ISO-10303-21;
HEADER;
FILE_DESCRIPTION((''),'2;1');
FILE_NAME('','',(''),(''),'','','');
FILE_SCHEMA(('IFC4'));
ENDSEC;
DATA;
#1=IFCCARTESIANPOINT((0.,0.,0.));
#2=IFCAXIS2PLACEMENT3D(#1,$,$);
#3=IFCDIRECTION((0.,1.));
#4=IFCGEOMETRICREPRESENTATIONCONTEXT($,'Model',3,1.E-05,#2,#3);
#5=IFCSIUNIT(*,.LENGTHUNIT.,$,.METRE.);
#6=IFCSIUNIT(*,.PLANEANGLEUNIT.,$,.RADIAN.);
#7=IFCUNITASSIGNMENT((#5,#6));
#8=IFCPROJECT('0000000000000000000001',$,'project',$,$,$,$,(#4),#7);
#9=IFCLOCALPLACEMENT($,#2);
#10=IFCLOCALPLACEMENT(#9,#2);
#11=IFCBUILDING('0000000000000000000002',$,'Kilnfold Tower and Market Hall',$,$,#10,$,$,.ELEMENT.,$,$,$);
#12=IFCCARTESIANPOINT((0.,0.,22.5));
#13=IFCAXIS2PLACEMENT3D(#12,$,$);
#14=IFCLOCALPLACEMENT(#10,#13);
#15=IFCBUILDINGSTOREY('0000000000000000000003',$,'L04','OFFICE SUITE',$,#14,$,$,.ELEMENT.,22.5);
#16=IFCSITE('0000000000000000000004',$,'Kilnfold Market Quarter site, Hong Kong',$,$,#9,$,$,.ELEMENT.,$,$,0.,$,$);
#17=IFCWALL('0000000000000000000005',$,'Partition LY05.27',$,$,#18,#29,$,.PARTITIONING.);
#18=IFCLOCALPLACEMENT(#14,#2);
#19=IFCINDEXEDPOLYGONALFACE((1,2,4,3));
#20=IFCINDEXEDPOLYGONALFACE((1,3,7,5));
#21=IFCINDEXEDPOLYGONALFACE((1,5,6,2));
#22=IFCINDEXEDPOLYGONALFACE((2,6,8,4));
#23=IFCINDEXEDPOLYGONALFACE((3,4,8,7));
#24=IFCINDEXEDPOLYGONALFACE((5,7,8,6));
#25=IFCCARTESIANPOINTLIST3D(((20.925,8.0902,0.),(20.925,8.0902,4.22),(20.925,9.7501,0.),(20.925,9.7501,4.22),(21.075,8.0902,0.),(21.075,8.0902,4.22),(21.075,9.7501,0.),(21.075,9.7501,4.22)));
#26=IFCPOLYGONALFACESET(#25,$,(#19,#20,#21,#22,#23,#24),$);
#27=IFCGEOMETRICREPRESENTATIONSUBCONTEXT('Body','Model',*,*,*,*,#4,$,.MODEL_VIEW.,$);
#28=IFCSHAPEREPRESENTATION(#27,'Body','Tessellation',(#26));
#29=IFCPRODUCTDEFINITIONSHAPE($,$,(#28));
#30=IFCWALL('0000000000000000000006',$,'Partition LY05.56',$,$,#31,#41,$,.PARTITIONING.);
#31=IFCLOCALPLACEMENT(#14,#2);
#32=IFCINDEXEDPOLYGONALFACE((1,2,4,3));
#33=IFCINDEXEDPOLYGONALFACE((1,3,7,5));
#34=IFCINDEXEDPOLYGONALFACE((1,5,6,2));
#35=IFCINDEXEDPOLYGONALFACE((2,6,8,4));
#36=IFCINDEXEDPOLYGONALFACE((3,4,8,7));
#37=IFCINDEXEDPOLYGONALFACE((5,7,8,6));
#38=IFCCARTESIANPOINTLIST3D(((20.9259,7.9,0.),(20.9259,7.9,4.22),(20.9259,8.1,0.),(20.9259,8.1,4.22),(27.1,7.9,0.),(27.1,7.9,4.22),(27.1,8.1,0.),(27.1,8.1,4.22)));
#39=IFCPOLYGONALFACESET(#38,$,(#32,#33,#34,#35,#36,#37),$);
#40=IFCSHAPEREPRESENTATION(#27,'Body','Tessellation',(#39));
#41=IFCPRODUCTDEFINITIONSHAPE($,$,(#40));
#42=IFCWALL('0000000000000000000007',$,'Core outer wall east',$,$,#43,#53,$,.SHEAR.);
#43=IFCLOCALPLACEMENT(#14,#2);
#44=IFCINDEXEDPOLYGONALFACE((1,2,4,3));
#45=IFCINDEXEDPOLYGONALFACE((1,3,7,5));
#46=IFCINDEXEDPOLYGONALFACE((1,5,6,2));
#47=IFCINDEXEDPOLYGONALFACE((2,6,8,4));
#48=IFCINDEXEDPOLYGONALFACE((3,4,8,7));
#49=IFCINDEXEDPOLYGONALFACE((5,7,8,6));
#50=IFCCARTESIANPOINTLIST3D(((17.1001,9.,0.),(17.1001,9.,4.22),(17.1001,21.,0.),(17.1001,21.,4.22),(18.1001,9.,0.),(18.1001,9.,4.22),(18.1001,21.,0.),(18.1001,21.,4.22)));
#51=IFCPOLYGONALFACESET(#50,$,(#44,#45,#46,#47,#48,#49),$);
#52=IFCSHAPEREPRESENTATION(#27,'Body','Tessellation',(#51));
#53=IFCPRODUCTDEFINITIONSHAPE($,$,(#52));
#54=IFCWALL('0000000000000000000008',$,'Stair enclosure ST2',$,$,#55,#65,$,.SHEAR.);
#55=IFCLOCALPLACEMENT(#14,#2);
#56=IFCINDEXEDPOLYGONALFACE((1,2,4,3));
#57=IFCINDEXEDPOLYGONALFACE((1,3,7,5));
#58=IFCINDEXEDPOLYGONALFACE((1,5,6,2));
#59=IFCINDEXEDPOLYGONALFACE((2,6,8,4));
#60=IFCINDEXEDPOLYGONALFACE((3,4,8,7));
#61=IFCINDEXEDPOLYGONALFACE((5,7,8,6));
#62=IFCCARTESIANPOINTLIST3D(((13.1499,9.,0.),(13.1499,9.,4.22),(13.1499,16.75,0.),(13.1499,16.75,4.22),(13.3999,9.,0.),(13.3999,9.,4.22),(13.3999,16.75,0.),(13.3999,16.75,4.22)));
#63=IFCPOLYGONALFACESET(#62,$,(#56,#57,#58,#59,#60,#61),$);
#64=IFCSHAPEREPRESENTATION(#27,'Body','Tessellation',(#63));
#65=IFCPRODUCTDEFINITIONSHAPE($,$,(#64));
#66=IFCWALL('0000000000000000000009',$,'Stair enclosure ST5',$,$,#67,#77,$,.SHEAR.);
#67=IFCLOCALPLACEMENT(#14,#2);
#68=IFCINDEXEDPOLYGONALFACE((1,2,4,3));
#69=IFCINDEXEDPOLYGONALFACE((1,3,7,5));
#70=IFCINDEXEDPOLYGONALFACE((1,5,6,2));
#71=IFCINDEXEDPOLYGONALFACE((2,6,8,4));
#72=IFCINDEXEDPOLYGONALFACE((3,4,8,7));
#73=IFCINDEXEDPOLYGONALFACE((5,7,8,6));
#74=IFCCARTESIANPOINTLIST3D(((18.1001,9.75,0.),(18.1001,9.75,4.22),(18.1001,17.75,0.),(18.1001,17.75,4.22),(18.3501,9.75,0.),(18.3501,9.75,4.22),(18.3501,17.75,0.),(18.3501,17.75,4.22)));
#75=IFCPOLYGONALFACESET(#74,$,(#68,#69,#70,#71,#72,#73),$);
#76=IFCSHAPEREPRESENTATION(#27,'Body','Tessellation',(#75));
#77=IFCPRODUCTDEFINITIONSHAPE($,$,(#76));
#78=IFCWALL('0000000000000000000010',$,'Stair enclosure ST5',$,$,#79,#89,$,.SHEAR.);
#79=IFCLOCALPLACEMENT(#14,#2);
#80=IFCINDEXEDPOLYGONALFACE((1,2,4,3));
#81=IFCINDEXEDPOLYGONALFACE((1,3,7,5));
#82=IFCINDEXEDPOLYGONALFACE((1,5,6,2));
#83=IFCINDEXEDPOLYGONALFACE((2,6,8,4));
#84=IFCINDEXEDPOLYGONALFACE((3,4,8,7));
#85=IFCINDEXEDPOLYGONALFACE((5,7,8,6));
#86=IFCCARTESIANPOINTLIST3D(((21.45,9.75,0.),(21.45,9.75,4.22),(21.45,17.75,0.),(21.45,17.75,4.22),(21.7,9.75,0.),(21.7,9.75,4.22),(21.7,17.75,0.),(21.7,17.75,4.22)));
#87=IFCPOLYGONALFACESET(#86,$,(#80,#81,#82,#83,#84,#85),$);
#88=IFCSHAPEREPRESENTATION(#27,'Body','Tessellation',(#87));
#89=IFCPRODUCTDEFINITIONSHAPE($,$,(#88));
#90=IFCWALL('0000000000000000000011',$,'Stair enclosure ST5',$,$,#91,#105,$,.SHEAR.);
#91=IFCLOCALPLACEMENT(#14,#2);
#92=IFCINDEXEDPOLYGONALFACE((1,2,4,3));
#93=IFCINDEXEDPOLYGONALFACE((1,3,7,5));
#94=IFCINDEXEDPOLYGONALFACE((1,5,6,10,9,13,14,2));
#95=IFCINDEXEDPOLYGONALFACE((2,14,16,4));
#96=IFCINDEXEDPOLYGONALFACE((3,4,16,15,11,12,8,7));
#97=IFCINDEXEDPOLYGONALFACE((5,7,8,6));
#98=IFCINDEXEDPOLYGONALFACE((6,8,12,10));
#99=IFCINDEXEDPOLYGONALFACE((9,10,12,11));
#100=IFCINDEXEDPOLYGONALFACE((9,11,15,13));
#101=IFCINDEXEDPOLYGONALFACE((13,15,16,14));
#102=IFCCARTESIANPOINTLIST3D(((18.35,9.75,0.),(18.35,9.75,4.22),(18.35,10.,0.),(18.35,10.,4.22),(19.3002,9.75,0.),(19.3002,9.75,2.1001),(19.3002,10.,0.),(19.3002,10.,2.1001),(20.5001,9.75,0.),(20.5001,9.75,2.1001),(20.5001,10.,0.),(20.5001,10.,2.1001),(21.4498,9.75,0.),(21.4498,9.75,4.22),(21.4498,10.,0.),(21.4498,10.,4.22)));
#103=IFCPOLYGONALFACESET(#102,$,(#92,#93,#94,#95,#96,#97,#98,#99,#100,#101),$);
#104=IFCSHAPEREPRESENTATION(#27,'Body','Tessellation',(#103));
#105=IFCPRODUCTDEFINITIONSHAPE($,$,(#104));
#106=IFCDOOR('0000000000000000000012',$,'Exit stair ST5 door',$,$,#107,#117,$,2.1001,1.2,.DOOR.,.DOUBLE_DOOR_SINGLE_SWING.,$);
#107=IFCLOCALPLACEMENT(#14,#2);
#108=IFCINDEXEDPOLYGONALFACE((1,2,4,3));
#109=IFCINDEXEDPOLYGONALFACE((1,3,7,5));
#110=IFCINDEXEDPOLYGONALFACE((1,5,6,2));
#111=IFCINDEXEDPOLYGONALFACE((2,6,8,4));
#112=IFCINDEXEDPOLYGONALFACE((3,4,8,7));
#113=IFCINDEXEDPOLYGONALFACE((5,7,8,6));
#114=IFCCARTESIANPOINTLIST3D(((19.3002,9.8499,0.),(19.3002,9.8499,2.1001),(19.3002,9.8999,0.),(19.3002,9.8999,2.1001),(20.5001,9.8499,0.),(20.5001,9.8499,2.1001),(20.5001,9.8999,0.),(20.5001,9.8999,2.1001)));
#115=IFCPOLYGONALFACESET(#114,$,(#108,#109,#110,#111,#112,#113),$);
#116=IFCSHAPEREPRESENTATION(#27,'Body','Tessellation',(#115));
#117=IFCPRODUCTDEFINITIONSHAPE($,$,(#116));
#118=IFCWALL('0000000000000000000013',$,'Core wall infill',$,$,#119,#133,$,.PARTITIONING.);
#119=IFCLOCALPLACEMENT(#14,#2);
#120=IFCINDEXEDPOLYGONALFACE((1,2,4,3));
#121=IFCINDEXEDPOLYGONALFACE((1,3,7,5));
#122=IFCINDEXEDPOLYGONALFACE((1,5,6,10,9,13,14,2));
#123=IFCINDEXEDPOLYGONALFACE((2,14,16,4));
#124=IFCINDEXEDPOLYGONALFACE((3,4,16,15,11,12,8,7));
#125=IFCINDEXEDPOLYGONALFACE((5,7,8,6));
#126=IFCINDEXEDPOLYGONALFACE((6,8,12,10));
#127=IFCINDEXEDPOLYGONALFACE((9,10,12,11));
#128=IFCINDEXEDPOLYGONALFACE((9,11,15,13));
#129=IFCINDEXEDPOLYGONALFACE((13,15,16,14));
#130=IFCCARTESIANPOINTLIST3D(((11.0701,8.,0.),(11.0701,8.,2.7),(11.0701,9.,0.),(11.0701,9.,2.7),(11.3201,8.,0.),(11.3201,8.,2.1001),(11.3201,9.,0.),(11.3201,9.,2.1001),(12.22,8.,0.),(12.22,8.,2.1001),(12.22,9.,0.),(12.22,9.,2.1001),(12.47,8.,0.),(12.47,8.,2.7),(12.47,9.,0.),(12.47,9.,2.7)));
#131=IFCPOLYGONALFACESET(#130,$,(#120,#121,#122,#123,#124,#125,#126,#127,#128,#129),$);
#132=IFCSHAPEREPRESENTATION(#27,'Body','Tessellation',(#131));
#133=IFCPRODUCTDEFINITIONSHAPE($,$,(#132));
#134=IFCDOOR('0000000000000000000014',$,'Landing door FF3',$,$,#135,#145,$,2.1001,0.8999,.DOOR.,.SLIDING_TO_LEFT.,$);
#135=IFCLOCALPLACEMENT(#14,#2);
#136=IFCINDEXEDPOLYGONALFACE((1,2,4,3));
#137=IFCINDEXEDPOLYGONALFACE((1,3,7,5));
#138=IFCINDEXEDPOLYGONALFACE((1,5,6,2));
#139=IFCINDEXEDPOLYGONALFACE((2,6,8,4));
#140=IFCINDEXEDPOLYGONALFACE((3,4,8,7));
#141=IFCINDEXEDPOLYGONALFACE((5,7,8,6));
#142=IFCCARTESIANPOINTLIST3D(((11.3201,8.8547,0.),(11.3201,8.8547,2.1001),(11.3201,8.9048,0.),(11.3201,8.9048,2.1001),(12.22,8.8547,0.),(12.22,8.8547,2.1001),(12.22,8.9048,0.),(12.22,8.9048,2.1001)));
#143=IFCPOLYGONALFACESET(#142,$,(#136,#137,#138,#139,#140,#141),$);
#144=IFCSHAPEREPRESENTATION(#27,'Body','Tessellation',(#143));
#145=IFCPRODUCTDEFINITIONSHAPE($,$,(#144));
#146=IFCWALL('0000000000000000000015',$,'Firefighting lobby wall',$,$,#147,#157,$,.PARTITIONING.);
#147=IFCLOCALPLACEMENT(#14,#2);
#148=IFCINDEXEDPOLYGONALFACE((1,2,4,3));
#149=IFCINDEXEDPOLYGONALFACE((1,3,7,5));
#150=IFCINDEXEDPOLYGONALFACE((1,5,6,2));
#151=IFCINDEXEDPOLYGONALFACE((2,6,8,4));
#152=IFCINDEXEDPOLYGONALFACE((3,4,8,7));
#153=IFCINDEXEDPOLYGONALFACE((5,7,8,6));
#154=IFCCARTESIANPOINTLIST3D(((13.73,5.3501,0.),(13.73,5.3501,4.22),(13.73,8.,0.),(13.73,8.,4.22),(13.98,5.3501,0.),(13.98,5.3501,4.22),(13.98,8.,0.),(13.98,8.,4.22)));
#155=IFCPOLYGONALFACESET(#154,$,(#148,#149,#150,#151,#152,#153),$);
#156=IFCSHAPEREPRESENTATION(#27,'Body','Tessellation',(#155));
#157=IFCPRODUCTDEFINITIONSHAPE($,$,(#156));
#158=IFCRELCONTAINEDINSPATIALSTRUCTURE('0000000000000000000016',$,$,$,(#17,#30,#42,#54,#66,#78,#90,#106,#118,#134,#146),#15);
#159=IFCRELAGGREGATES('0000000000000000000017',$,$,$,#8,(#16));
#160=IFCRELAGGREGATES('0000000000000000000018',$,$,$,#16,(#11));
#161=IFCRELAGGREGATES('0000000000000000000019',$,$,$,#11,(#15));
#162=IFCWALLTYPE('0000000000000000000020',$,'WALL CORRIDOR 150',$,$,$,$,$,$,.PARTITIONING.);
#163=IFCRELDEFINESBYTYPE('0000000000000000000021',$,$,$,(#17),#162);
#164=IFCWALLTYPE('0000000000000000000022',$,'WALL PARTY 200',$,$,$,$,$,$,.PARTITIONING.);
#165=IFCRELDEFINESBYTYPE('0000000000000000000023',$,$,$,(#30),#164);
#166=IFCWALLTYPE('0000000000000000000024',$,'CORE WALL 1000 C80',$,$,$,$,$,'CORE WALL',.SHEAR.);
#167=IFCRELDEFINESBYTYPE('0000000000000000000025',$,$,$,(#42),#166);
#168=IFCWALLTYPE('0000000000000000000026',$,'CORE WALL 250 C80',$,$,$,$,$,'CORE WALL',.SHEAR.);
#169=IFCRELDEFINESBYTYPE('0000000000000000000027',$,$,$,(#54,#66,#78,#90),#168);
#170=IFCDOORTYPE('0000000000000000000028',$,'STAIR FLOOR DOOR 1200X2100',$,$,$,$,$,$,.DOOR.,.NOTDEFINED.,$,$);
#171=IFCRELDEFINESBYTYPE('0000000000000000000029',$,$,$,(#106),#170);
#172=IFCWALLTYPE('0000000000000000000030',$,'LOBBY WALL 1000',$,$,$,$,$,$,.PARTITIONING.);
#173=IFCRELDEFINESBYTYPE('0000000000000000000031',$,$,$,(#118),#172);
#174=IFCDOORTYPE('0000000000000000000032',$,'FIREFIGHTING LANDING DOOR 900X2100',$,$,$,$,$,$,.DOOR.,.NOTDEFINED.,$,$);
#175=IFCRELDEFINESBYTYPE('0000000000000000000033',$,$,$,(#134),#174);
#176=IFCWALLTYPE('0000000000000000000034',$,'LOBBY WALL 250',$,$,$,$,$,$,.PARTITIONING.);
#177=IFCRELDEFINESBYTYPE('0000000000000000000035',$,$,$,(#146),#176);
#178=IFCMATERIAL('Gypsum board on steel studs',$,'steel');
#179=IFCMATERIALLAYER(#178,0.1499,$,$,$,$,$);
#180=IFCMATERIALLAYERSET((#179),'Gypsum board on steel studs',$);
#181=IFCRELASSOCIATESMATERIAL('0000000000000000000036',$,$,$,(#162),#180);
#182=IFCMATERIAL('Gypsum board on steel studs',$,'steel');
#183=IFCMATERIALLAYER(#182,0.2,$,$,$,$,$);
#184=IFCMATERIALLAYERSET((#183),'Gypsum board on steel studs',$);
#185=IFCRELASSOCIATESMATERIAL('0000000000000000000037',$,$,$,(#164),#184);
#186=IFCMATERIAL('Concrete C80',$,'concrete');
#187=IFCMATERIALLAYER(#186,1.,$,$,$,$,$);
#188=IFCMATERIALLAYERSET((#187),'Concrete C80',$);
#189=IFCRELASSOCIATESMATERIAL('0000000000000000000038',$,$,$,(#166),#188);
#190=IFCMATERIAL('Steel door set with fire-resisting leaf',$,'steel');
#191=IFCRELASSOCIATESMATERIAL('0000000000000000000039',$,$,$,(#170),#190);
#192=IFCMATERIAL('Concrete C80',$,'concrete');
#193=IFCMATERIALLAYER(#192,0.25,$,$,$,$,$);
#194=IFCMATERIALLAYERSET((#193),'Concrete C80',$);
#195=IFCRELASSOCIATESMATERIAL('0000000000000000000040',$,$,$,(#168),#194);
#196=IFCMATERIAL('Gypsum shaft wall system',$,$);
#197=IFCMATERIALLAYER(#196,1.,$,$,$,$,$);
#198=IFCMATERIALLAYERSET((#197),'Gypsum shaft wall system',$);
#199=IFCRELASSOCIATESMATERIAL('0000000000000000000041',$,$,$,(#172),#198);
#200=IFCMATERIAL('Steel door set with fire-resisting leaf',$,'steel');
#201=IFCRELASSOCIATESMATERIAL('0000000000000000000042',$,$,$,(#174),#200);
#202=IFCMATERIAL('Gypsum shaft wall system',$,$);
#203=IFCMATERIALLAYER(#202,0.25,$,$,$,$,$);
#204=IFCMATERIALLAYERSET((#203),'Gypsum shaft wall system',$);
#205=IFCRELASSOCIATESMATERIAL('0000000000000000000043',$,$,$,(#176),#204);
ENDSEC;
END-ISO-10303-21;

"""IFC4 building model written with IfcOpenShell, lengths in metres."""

from ifc_helpers import new_model, si_unit, direction, frame, frame_2d, origin, place, context, subcontext, project, spatial, rectangle, extrude, source, transform, mapped, material, layer, layer_set, type_object, element, fill, save


model = new_model("IFC4")

# Units and contexts
model_context = context("Model", 3, precision=1e-05, world=origin(), true_north=direction((0.0, 1.0)))
body_context = subcontext(model_context, "Body", "Model", "MODEL_VIEW")
ifc_project = project(units=[si_unit("LENGTHUNIT", "METRE"), si_unit("PLANEANGLEUNIT", "RADIAN")], contexts=[model_context])

# Site, building, storey
site_placement = place(None, origin())
site = spatial("IfcSite", under=ifc_project, at=site_placement, Name="Kilnfold Market Quarter site, Hong Kong", CompositionType="ELEMENT", RefElevation=0.0)
building_placement = place(site_placement, origin())
building = spatial("IfcBuilding", under=site, at=building_placement, Name="Kilnfold Tower and Market Hall", CompositionType="ELEMENT")
storey_placement = place(building_placement, frame((0.0, 0.0, 22.5)))
storey = spatial("IfcBuildingStorey", under=building, at=storey_placement, Name="L04", Description="OFFICE SUITE", CompositionType="ELEMENT", Elevation=22.5)

# Shared definitions
ifc_material_1 = material(Name="Gypsum board on steel studs", Category="steel")
ifc_layer_1 = layer(ifc_material_1, 0.1499)
ifc_layer_set_1 = layer_set([ifc_layer_1], Name="Gypsum board on steel studs")
wall_type_1 = type_object("IfcWallType", Name="WALL CORRIDOR 150", PredefinedType="PARTITIONING", material=ifc_layer_set_1)

# Walls
wall_1_placement = place(storey_placement, frame((21.0, 8.0901, 0.0), z_axis=(0.0, 0.0, 1.0), x_axis=(0.0, 1.0, 0.0)))
element("IfcWall", 1, at=wall_1_placement, inside=storey, type_object=wall_type_1, Name="Partition LY05.27", PredefinedType="PARTITIONING", context=body_context, shape_type="SweptSolid", body=[
    extrude(rectangle(XDim=1.6599, YDim=0.1499, at=frame_2d((0.8301, 0.0))), origin(), (0.0, 0.0, 1.0), 4.22),
])
ifc_material_2 = material(Name="Gypsum board on steel studs", Category="steel")
ifc_layer_2 = layer(ifc_material_2, 0.2)
ifc_layer_set_2 = layer_set([ifc_layer_2], Name="Gypsum board on steel studs")
wall_type_2 = type_object("IfcWallType", Name="WALL PARTY 200", PredefinedType="PARTITIONING", material=ifc_layer_set_2)
wall_2_placement = place(storey_placement, frame((20.926, 8.0, 0.0), z_axis=(0.0, 0.0, 1.0), x_axis=(1.0, 0.0, 0.0)))
element("IfcWall", 2, at=wall_2_placement, inside=storey, type_object=wall_type_2, Name="Partition LY05.56", PredefinedType="PARTITIONING", context=body_context, shape_type="SweptSolid", body=[
    extrude(rectangle(XDim=6.1741, YDim=0.2, at=frame_2d((3.0869, 0.0))), origin(), (0.0, 0.0, 1.0), 4.22),
])

# Shared definitions
ifc_material_3 = material(Name="Concrete C80", Category="concrete")
ifc_layer_3 = layer(ifc_material_3, 1.0)
ifc_layer_set_3 = layer_set([ifc_layer_3], Name="Concrete C80")
wall_type_3 = type_object("IfcWallType", Name="CORE WALL 1000 C80", ElementType="CORE WALL", PredefinedType="SHEAR", material=ifc_layer_set_3)
ifc_material_4 = material(Name="Steel door set with fire-resisting leaf", Category="steel")
door_type_1 = type_object("IfcDoorType", Name="STAIR FLOOR DOOR 1200X2100", OperationType="NOTDEFINED", PredefinedType="DOOR", material=ifc_material_4)

# Walls
shared_shape_1 = source(origin(), body_context, "Body", "SweptSolid", [
    extrude(rectangle(XDim=12.0, YDim=1.0, at=frame_2d((6.0, 0.0))), origin(), (0.0, 0.0, 1.0), 4.22),
])
wall_3_placement = place(storey_placement, frame((17.6001, 9.0, 0.0), z_axis=(0.0, 0.0, 1.0), x_axis=(0.0, 1.0, 0.0)))
element("IfcWall", 3, at=wall_3_placement, inside=storey, type_object=wall_type_3, Name="Core outer wall east", PredefinedType="SHEAR", context=body_context, shape_type="MappedRepresentation", body=[
    mapped(shared_shape_1, transform((0.0, 0.0, 0.0))),
])
ifc_material_5 = material(Name="Concrete C80", Category="concrete")
ifc_layer_4 = layer(ifc_material_5, 0.25)
ifc_layer_set_4 = layer_set([ifc_layer_4], Name="Concrete C80")
wall_type_4 = type_object("IfcWallType", Name="CORE WALL 250 C80", ElementType="CORE WALL", PredefinedType="SHEAR", material=ifc_layer_set_4)
shared_shape_2 = source(origin(), body_context, "Body", "SweptSolid", [
    extrude(rectangle(XDim=7.75, YDim=0.25, at=frame_2d((3.875, 0.0))), origin(), (0.0, 0.0, 1.0), 4.22),
])
wall_4_placement = place(storey_placement, frame((13.2749, 9.0, 0.0), z_axis=(0.0, 0.0, 1.0), x_axis=(0.0, 1.0, 0.0)))
element("IfcWall", 4, at=wall_4_placement, inside=storey, type_object=wall_type_4, Name="Stair enclosure ST2", PredefinedType="SHEAR", context=body_context, shape_type="MappedRepresentation", body=[
    mapped(shared_shape_2, transform((0.0, 0.0, 0.0))),
])
shared_shape_3 = source(origin(), body_context, "Body", "SweptSolid", [
    extrude(rectangle(XDim=8.0, YDim=0.25, at=frame_2d((4.0, 0.0))), origin(), (0.0, 0.0, 1.0), 4.22),
])
for number, where, z_axis, x_axis, name in (
    (5, (18.2251, 9.75, 0.0), (0.0, 0.0, 1.0), (0.0, 1.0, 0.0), "Stair enclosure ST5"),
    (6, (21.575, 9.75, 0.0), (0.0, 0.0, 1.0), (0.0, 1.0, 0.0), "Stair enclosure ST5"),
):
    element("IfcWall", number, at=place(storey_placement, frame(where, z_axis=z_axis, x_axis=x_axis)), inside=storey, type_object=wall_type_4, Name=name, PredefinedType="SHEAR", context=body_context, shape_type="MappedRepresentation", body=[
        mapped(shared_shape_3, transform((0.0, 0.0, 0.0))),
    ])

# Walls, openings, doors
shared_shape_4 = source(origin(), body_context, "Body", "SweptSolid", [
    extrude(rectangle(XDim=3.0999, YDim=0.25, at=frame_2d((1.5498, 0.0))), origin(), (0.0, 0.0, 1.0), 4.22),
])
wall_5_placement = place(storey_placement, frame((18.3501, 9.875, 0.0), z_axis=(0.0, 0.0, 1.0), x_axis=(1.0, 0.0, 0.0)))
wall_5 = element("IfcWall", 7, at=wall_5_placement, inside=storey, type_object=wall_type_4, Name="Stair enclosure ST5", PredefinedType="SHEAR", context=body_context, shape_type="MappedRepresentation", body=[
    mapped(shared_shape_4, transform((0.0, 0.0, 0.0))),
])
opening_1_placement = place(wall_5_placement, frame((0.95, 0.0, 0.0)))
opening_1 = element("IfcOpeningElement", 8, at=opening_1_placement, cuts=wall_5, PredefinedType="OPENING", context=body_context, shape_type="SweptSolid", body=[
    extrude(rectangle(XDim=1.2, YDim=2.1001, at=frame_2d((0.6001, 1.05))), frame((0.0, 0.135, 0.0), z_axis=(0.0, -1.0, 0.0), x_axis=(1.0, 0.0, 0.0)), (0.0, 0.0, 1.0), 0.27),
])
door_1_placement = place(opening_1_placement, origin())
door_1 = element("IfcDoor", 9, at=door_1_placement, inside=storey, type_object=door_type_1, Name="Exit stair ST5 door", OperationType="DOUBLE_DOOR_SINGLE_SWING", OverallHeight=2.1001, OverallWidth=1.2, PredefinedType="DOOR", context=body_context, shape_type="SweptSolid", body=[
    extrude(rectangle(XDim=1.2, YDim=2.1001, at=frame_2d((0.6001, 1.05))), frame((0.0, 0.0249, 0.0), z_axis=(0.0, -1.0, 0.0), x_axis=(1.0, 0.0, 0.0)), (0.0, 0.0, 1.0), 0.05),
])
fill(opening_1, door_1)
ifc_material_6 = material(Name="Gypsum shaft wall system")
ifc_layer_5 = layer(ifc_material_6, 1.0)
ifc_layer_set_5 = layer_set([ifc_layer_5], Name="Gypsum shaft wall system")
wall_type_5 = type_object("IfcWallType", Name="LOBBY WALL 1000", PredefinedType="PARTITIONING", material=ifc_layer_set_5)
shared_shape_5 = source(origin(), body_context, "Body", "SweptSolid", [
    extrude(rectangle(XDim=1.3999, YDim=1.0, at=frame_2d((0.7, 0.0))), origin(), (0.0, 0.0, 1.0), 2.7),
])
wall_6_placement = place(storey_placement, frame((11.0701, 8.5, 0.0), z_axis=(0.0, 0.0, 1.0), x_axis=(1.0, 0.0, 0.0)))
wall_6 = element("IfcWall", 10, at=wall_6_placement, inside=storey, type_object=wall_type_5, Name="Core wall infill", PredefinedType="PARTITIONING", context=body_context, shape_type="MappedRepresentation", body=[
    mapped(shared_shape_5, transform((0.0, 0.0, 0.0))),
])
opening_2_placement = place(wall_6_placement, frame((0.25, 0.0, 0.0)))
opening_2 = element("IfcOpeningElement", 11, at=opening_2_placement, cuts=wall_6, PredefinedType="OPENING", context=body_context, shape_type="SweptSolid", body=[
    extrude(rectangle(XDim=0.8999, YDim=2.1001, at=frame_2d((0.45, 1.05))), frame((0.0, 0.51, 0.0), z_axis=(0.0, -1.0, 0.0), x_axis=(1.0, 0.0, 0.0)), (0.0, 0.0, 1.0), 1.02),
])
ifc_material_7 = material(Name="Steel door set with fire-resisting leaf", Category="steel")
door_type_2 = type_object("IfcDoorType", Name="FIREFIGHTING LANDING DOOR 900X2100", OperationType="NOTDEFINED", PredefinedType="DOOR", material=ifc_material_7)
door_2_placement = place(opening_2_placement, origin())
door_2 = element("IfcDoor", 12, at=door_2_placement, inside=storey, type_object=door_type_2, Name="Landing door FF3", OperationType="SLIDING_TO_LEFT", OverallHeight=2.1001, OverallWidth=0.8999, PredefinedType="DOOR", context=body_context, shape_type="SweptSolid", body=[
    extrude(rectangle(XDim=0.8999, YDim=2.1001, at=frame_2d((0.45, 1.05))), frame((0.0, 0.4048, 0.0), z_axis=(0.0, -1.0, 0.0), x_axis=(1.0, 0.0, 0.0)), (0.0, 0.0, 1.0), 0.05),
])
fill(opening_2, door_2)

# Wall
ifc_material_8 = material(Name="Gypsum shaft wall system")
ifc_layer_6 = layer(ifc_material_8, 0.25)
ifc_layer_set_6 = layer_set([ifc_layer_6], Name="Gypsum shaft wall system")
wall_type_6 = type_object("IfcWallType", Name="LOBBY WALL 250", PredefinedType="PARTITIONING", material=ifc_layer_set_6)
shared_shape_6 = source(origin(), body_context, "Body", "SweptSolid", [
    extrude(rectangle(XDim=2.6499, YDim=0.25, at=frame_2d((1.325, 0.0))), origin(), (0.0, 0.0, 1.0), 4.22),
])
wall_7_placement = place(storey_placement, frame((13.855, 5.3501, 0.0), z_axis=(0.0, 0.0, 1.0), x_axis=(0.0, 1.0, 0.0)))
element("IfcWall", 13, at=wall_7_placement, inside=storey, type_object=wall_type_6, Name="Firefighting lobby wall", PredefinedType="PARTITIONING", context=body_context, shape_type="MappedRepresentation", body=[
    mapped(shared_shape_6, transform((0.0, 0.0, 0.0))),
])

save(model, "model.ifc")
